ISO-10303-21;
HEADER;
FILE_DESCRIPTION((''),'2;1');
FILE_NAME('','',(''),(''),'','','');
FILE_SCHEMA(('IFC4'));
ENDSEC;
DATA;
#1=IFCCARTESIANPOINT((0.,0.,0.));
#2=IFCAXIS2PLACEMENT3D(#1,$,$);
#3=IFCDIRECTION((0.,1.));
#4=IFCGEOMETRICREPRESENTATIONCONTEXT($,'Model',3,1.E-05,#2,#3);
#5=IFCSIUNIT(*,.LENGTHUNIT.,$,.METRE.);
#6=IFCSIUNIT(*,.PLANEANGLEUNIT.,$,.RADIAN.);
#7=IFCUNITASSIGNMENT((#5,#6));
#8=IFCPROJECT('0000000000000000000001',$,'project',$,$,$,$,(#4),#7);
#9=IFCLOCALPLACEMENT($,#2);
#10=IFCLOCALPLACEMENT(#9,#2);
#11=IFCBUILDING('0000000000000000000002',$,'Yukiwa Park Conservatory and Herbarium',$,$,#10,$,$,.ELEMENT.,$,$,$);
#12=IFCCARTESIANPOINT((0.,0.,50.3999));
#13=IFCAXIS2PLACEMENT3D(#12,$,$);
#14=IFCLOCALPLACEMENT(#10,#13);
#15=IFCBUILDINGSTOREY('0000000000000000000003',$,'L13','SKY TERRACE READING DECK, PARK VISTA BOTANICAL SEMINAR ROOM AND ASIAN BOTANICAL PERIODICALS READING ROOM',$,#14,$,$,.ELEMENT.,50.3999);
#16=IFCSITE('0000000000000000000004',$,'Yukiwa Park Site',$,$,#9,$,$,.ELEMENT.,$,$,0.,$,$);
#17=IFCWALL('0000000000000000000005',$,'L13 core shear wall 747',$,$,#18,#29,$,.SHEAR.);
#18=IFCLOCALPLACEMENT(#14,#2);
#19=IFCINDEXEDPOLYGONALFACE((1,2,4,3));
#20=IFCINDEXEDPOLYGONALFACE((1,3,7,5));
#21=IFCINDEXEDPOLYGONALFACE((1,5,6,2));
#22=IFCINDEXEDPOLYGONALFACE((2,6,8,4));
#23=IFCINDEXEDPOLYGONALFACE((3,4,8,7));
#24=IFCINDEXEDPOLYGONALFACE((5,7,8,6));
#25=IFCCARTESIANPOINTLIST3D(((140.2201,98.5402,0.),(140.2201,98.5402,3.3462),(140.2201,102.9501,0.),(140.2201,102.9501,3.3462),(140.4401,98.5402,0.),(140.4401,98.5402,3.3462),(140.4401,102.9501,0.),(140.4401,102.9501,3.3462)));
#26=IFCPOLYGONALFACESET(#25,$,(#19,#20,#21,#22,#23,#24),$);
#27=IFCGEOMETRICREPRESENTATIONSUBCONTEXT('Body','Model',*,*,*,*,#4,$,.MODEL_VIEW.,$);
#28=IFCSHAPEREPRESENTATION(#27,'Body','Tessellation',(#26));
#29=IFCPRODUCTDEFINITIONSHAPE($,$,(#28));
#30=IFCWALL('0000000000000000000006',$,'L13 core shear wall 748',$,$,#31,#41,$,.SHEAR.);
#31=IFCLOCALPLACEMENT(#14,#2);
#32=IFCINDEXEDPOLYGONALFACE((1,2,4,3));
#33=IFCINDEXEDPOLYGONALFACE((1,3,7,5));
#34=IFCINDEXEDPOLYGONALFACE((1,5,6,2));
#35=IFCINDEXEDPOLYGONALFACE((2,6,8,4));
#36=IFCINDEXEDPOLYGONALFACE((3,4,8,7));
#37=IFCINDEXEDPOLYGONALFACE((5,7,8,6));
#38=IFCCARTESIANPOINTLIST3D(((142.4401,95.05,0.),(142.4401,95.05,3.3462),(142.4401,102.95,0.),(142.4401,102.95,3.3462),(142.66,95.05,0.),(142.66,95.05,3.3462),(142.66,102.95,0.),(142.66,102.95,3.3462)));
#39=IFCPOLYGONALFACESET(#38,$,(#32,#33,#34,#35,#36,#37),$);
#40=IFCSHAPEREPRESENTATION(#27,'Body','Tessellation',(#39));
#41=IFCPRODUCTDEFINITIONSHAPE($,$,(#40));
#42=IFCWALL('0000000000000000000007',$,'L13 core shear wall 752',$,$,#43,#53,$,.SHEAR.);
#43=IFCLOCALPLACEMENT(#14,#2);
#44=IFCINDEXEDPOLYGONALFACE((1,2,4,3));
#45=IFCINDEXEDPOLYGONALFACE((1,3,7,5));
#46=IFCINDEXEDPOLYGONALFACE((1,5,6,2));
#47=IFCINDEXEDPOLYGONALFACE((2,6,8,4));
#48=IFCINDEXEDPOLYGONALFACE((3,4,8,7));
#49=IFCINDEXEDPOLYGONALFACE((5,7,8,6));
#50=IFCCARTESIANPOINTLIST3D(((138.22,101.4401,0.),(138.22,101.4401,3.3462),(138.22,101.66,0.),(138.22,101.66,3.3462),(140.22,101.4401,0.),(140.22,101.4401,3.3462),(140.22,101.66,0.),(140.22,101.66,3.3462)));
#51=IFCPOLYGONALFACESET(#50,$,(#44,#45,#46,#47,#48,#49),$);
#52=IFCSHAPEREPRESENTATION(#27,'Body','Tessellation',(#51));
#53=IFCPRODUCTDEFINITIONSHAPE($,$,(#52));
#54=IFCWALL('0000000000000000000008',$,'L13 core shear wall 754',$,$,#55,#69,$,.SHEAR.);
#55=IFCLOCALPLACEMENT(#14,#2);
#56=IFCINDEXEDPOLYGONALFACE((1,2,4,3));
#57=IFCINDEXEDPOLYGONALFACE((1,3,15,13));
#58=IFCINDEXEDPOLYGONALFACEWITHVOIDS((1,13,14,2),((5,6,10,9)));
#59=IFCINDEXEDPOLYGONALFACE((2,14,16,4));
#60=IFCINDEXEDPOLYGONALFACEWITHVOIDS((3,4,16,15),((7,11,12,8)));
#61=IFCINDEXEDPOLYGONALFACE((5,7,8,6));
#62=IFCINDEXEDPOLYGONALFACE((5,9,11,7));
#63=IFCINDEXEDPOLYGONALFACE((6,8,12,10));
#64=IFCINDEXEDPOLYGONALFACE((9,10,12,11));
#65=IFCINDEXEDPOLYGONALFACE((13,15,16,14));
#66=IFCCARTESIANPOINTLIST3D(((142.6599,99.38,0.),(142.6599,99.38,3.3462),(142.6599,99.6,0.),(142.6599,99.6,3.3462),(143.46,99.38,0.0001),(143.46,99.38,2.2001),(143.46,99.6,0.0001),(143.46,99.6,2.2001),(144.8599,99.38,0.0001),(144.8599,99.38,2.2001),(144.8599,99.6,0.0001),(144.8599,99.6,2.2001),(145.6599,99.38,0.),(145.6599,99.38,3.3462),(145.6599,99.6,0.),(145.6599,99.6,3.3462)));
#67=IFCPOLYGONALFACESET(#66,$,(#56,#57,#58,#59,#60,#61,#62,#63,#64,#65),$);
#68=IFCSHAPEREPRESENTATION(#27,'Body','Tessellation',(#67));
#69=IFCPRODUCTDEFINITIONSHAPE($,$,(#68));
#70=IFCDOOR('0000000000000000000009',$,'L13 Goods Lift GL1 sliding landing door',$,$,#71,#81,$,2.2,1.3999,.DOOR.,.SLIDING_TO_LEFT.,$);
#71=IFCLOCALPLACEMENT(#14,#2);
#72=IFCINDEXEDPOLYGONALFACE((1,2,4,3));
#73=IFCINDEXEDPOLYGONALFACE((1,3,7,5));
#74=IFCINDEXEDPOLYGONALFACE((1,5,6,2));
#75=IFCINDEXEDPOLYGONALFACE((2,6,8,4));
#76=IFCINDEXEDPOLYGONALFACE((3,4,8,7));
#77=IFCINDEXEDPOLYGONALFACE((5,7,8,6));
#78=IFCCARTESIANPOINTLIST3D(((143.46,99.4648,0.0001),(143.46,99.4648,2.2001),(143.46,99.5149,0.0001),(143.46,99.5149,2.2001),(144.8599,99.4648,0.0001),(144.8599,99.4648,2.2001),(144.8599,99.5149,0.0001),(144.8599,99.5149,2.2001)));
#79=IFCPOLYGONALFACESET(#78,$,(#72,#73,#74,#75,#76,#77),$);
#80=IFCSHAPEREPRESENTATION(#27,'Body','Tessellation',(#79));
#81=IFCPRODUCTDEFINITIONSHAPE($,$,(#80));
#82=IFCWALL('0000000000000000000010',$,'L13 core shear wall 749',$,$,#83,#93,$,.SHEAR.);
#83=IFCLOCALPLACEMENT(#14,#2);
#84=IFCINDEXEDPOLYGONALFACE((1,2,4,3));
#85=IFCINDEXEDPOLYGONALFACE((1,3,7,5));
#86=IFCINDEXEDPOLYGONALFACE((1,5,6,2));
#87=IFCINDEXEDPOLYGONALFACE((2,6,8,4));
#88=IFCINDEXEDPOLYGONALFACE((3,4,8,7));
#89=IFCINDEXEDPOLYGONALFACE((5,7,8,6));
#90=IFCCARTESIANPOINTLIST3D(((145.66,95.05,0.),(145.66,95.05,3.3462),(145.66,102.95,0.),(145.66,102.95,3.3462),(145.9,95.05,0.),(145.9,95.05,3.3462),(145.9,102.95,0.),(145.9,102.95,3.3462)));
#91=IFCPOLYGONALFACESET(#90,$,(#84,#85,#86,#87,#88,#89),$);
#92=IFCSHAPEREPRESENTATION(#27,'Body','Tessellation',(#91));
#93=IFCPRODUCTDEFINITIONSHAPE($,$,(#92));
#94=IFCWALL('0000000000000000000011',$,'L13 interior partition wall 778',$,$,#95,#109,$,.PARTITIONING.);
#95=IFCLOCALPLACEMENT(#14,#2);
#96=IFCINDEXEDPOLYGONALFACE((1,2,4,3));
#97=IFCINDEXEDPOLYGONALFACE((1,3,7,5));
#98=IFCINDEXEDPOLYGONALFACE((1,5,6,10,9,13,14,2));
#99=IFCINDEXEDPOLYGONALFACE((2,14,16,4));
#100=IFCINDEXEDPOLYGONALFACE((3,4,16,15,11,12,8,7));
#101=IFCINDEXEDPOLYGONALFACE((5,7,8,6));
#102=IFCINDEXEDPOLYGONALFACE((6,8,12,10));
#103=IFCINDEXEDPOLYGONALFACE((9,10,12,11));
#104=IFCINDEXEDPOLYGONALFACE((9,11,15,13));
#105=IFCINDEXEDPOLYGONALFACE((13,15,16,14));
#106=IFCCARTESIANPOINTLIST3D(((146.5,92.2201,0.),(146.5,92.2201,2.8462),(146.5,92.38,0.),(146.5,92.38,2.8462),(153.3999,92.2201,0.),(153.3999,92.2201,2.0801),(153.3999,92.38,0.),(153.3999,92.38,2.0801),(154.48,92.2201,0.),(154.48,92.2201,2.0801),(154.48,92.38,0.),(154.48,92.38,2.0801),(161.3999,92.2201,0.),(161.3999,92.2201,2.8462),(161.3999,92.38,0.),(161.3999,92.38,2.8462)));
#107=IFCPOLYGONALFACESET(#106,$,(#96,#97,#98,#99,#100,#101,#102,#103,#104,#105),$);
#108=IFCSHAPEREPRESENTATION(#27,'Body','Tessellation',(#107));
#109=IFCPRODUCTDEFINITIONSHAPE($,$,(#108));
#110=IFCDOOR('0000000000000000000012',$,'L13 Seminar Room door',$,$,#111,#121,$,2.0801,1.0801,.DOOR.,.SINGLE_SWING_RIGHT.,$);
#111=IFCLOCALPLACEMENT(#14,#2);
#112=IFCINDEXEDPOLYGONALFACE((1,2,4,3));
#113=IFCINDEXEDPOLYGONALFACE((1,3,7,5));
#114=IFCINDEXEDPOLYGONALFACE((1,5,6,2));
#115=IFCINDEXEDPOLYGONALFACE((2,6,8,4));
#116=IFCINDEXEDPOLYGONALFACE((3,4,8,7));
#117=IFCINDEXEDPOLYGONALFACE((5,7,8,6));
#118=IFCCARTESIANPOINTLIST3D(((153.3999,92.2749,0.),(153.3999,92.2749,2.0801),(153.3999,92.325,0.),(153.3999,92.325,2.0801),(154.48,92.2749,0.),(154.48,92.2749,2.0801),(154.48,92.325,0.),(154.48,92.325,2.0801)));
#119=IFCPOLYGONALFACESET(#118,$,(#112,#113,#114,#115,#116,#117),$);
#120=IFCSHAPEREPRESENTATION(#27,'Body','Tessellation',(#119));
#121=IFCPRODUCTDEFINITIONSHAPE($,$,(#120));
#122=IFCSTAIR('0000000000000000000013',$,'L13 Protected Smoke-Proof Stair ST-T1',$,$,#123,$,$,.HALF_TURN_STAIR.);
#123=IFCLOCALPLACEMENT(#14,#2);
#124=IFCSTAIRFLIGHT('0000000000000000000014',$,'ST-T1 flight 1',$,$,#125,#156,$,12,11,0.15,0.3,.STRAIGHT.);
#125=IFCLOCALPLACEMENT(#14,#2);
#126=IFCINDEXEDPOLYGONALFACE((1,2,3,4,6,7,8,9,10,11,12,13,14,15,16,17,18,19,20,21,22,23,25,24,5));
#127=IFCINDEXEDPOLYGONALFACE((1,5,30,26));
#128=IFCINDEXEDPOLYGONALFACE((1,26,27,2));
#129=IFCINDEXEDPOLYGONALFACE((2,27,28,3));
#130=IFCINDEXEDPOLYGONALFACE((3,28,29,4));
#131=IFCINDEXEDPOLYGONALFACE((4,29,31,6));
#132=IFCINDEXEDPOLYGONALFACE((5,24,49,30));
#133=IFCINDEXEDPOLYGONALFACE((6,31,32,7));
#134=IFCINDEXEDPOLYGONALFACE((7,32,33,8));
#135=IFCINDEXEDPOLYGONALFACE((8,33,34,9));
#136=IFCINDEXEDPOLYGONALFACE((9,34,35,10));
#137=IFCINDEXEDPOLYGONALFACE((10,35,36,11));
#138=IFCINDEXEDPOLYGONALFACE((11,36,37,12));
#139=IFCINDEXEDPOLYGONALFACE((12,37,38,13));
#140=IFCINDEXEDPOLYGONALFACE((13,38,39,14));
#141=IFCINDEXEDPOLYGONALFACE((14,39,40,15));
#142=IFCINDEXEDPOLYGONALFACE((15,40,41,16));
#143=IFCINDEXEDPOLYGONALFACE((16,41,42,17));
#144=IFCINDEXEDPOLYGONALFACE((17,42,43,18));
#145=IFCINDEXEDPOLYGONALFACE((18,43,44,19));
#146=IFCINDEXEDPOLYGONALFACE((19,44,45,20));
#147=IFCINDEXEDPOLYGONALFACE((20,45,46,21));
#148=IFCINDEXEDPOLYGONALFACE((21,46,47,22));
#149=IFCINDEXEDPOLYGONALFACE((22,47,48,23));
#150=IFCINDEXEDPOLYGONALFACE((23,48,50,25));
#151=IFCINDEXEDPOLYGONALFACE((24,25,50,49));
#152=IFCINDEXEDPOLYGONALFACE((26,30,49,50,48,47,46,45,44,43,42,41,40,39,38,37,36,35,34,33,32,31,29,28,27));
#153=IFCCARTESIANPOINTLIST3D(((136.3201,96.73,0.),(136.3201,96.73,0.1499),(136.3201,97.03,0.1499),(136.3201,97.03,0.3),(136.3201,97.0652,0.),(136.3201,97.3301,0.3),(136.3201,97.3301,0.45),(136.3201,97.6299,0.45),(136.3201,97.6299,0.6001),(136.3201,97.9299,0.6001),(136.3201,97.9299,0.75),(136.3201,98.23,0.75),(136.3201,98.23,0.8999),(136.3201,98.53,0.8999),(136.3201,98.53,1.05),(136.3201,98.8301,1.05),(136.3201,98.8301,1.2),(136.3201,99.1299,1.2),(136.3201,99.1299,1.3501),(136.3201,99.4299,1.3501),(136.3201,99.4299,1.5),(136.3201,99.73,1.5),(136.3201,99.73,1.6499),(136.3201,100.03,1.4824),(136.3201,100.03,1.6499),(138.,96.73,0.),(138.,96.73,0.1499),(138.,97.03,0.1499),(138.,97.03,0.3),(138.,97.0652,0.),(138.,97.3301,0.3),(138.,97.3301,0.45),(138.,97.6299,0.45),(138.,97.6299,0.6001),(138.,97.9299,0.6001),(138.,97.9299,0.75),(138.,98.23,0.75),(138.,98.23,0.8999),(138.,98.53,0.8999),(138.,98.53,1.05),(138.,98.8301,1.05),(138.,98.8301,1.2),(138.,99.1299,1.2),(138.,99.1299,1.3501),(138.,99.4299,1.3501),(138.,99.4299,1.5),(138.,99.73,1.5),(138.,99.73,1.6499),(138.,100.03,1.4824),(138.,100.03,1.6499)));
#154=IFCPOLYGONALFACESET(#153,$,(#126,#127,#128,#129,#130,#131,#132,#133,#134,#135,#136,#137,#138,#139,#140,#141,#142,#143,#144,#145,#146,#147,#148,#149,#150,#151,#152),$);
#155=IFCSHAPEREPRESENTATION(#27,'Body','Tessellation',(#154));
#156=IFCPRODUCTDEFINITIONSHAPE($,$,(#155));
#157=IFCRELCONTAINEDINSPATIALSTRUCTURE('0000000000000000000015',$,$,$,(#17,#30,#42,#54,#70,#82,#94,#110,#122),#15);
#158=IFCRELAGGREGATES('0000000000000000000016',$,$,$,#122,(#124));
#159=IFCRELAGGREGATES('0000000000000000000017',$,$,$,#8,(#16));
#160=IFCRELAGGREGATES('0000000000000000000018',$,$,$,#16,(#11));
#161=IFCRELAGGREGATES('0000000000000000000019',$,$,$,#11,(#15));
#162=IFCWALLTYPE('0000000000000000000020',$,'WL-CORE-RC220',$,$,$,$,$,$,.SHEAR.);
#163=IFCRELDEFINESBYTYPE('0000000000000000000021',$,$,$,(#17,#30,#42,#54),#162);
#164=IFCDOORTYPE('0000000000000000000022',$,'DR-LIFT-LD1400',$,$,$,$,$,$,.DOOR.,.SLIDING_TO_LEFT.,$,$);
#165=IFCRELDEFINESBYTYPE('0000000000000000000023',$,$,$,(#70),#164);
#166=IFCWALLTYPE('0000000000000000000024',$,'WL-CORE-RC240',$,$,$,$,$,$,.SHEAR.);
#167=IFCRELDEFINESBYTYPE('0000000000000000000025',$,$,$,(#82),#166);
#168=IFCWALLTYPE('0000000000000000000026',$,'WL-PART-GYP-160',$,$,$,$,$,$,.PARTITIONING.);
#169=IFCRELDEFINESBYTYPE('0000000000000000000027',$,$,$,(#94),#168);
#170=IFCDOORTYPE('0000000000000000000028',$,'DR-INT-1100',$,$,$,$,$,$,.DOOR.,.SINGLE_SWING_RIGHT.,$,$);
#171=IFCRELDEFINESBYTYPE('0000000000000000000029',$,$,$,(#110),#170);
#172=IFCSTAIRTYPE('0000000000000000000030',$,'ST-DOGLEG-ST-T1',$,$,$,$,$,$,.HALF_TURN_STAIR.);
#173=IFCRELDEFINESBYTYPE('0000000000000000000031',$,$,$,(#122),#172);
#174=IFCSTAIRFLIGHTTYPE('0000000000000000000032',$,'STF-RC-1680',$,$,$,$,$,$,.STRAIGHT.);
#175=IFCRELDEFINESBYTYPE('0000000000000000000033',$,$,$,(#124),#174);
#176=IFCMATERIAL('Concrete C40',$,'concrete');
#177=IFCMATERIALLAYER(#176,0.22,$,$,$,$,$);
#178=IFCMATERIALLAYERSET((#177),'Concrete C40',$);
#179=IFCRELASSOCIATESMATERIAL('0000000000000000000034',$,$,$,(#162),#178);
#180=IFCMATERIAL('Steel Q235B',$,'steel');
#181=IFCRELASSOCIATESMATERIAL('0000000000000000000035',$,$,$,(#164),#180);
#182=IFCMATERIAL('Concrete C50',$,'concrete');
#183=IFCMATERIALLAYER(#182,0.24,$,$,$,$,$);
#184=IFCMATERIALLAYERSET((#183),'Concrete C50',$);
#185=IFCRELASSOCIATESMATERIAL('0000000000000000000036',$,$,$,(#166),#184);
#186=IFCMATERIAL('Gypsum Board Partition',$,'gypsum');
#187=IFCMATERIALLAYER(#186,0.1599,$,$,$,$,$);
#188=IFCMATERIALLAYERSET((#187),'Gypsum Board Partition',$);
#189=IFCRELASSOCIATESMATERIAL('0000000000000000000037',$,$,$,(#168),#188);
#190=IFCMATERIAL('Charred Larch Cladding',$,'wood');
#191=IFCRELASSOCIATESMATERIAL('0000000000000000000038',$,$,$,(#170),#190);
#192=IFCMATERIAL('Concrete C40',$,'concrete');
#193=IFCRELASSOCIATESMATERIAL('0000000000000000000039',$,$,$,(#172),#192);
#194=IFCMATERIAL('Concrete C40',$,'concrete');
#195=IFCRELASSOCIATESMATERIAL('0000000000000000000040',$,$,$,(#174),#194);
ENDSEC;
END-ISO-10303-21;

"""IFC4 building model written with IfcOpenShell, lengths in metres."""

from ifc_helpers import new_model, si_unit, direction, frame, frame_2d, origin, place, context, subcontext, project, spatial, polyline, rectangle, outline, extrude, material, layer, layer_set, type_object, element, fill, aggregate, save


model = new_model("IFC4")

# Units and contexts
model_context = context("Model", 3, precision=1e-05, world=origin(), true_north=direction((0.0, 1.0)))
body_context = subcontext(model_context, "Body", "Model", "MODEL_VIEW")
ifc_project = project(units=[si_unit("LENGTHUNIT", "METRE"), si_unit("PLANEANGLEUNIT", "RADIAN")], contexts=[model_context])

# Site, building, storey
site_placement = place(None, origin())
site = spatial("IfcSite", under=ifc_project, at=site_placement, Name="Yukiwa Park Site", CompositionType="ELEMENT", RefElevation=0.0)
building_placement = place(site_placement, origin())
building = spatial("IfcBuilding", under=site, at=building_placement, Name="Yukiwa Park Conservatory and Herbarium", CompositionType="ELEMENT")
storey_placement = place(building_placement, frame((0.0, 0.0, 50.3999)))
storey = spatial("IfcBuildingStorey", under=building, at=storey_placement, Name="L13", Description="SKY TERRACE READING DECK, PARK VISTA BOTANICAL SEMINAR ROOM AND ASIAN BOTANICAL PERIODICALS READING ROOM", CompositionType="ELEMENT", Elevation=50.3999)

# Walls
ifc_material_1 = material(Name="Concrete C40", Category="concrete")
ifc_layer_1 = layer(ifc_material_1, 0.22)
ifc_layer_set_1 = layer_set([ifc_layer_1], Name="Concrete C40")
wall_type_1 = type_object("IfcWallType", Name="WL-CORE-RC220", PredefinedType="SHEAR", material=ifc_layer_set_1)
wall_1_placement = place(storey_placement, frame((140.3301, 98.54, 0.0), z_axis=(0.0, 0.0, 1.0), x_axis=(0.0, 1.0, 0.0)))
element("IfcWall", 1, at=wall_1_placement, inside=storey, type_object=wall_type_1, Name="L13 core shear wall 747", PredefinedType="SHEAR", context=body_context, shape_type="SweptSolid", body=[
    extrude(rectangle(XDim=4.4099, YDim=0.22, at=frame_2d((2.2051, 0.0))), origin(), (0.0, 0.0, 1.0), 3.3462),
])
wall_2_placement = place(storey_placement, frame((142.55, 95.05, 0.0), z_axis=(0.0, 0.0, 1.0), x_axis=(0.0, 1.0, 0.0)))
element("IfcWall", 2, at=wall_2_placement, inside=storey, type_object=wall_type_1, Name="L13 core shear wall 748", PredefinedType="SHEAR", context=body_context, shape_type="SweptSolid", body=[
    extrude(rectangle(XDim=7.8999, YDim=0.22, at=frame_2d((3.95, 0.0))), origin(), (0.0, 0.0, 1.0), 3.3462),
])

# Wall
wall_3_placement = place(storey_placement, frame((138.22, 101.55, 0.0), z_axis=(0.0, 0.0, 1.0), x_axis=(1.0, 0.0, 0.0)))
element("IfcWall", 3, at=wall_3_placement, inside=storey, type_object=wall_type_1, Name="L13 core shear wall 752", PredefinedType="SHEAR", context=body_context, shape_type="SweptSolid", body=[
    extrude(rectangle(XDim=2.0, YDim=0.22, at=frame_2d((1.0, 0.0))), origin(), (0.0, 0.0, 1.0), 3.3462),
])

# Wall, opening, door
wall_4_placement = place(storey_placement, frame((142.6599, 99.49, 0.0), z_axis=(0.0, 0.0, 1.0), x_axis=(1.0, 0.0, 0.0)))
wall_4 = element("IfcWall", 4, at=wall_4_placement, inside=storey, type_object=wall_type_1, Name="L13 core shear wall 754", PredefinedType="SHEAR", context=body_context, shape_type="SweptSolid", body=[
    extrude(rectangle(XDim=3.0, YDim=0.22, at=frame_2d((1.5, 0.0))), origin(), (0.0, 0.0, 1.0), 3.3462),
])
opening_1_placement = place(wall_4_placement, frame((0.8, 0.0, 0.0)))
opening_1 = element("IfcOpeningElement", 5, at=opening_1_placement, cuts=wall_4, PredefinedType="OPENING", context=body_context, shape_type="SweptSolid", body=[
    extrude(rectangle(XDim=1.3999, YDim=2.2, at=frame_2d((0.7, 1.1001))), frame((0.0, 0.1201, 0.0), z_axis=(0.0, -1.0, 0.0), x_axis=(1.0, 0.0, 0.0)), (0.0, 0.0, 1.0), 0.24),
])
ifc_material_2 = material(Name="Steel Q235B", Category="steel")
door_type_1 = type_object("IfcDoorType", Name="DR-LIFT-LD1400", OperationType="SLIDING_TO_LEFT", PredefinedType="DOOR", material=ifc_material_2)
door_1_placement = place(opening_1_placement, origin())
door_1 = element("IfcDoor", 6, at=door_1_placement, inside=storey, type_object=door_type_1, Name="L13 Goods Lift GL1 sliding landing door", OperationType="SLIDING_TO_LEFT", OverallHeight=2.2, OverallWidth=1.3999, PredefinedType="DOOR", context=body_context, shape_type="SweptSolid", body=[
    extrude(rectangle(XDim=1.3999, YDim=2.2, at=frame_2d((0.7, 1.1001))), frame((0.0, 0.0249, 0.0), z_axis=(0.0, -1.0, 0.0), x_axis=(1.0, 0.0, 0.0)), (0.0, 0.0, 1.0), 0.05),
])
fill(opening_1, door_1)

# Wall
ifc_material_3 = material(Name="Concrete C50", Category="concrete")
ifc_layer_2 = layer(ifc_material_3, 0.24)
ifc_layer_set_2 = layer_set([ifc_layer_2], Name="Concrete C50")
wall_type_2 = type_object("IfcWallType", Name="WL-CORE-RC240", PredefinedType="SHEAR", material=ifc_layer_set_2)
wall_5_placement = place(storey_placement, frame((145.78, 95.05, 0.0), z_axis=(0.0, 0.0, 1.0), x_axis=(0.0, 1.0, 0.0)))
element("IfcWall", 7, at=wall_5_placement, inside=storey, type_object=wall_type_2, Name="L13 core shear wall 749", PredefinedType="SHEAR", context=body_context, shape_type="SweptSolid", body=[
    extrude(rectangle(XDim=7.8999, YDim=0.24, at=frame_2d((3.95, 0.0))), origin(), (0.0, 0.0, 1.0), 3.3462),
])

# Wall, opening, door
ifc_material_4 = material(Name="Gypsum Board Partition", Category="gypsum")
ifc_layer_3 = layer(ifc_material_4, 0.1599)
ifc_layer_set_3 = layer_set([ifc_layer_3], Name="Gypsum Board Partition")
wall_type_3 = type_object("IfcWallType", Name="WL-PART-GYP-160", PredefinedType="PARTITIONING", material=ifc_layer_set_3)
wall_6_placement = place(storey_placement, frame((146.5, 92.3, 0.0), z_axis=(0.0, 0.0, 1.0), x_axis=(1.0, 0.0, 0.0)))
wall_6 = element("IfcWall", 8, at=wall_6_placement, inside=storey, type_object=wall_type_3, Name="L13 interior partition wall 778", PredefinedType="PARTITIONING", context=body_context, shape_type="SweptSolid", body=[
    extrude(rectangle(XDim=14.8999, YDim=0.1599, at=frame_2d((7.45, 0.0))), origin(), (0.0, 0.0, 1.0), 2.8462),
])
opening_2_placement = place(wall_6_placement, frame((6.8999, 0.0, 0.0)))
opening_2 = element("IfcOpeningElement", 9, at=opening_2_placement, cuts=wall_6, PredefinedType="OPENING", context=body_context, shape_type="SweptSolid", body=[
    extrude(rectangle(XDim=1.0801, YDim=2.0801, at=frame_2d((0.54, 1.04))), frame((0.0, 0.0898, 0.0), z_axis=(0.0, -1.0, 0.0), x_axis=(1.0, 0.0, 0.0)), (0.0, 0.0, 1.0), 0.1799),
])
ifc_material_5 = material(Name="Charred Larch Cladding", Category="wood")
door_type_2 = type_object("IfcDoorType", Name="DR-INT-1100", OperationType="SINGLE_SWING_RIGHT", PredefinedType="DOOR", material=ifc_material_5)
door_2_placement = place(opening_2_placement, origin())
door_2 = element("IfcDoor", 10, at=door_2_placement, inside=storey, type_object=door_type_2, Name="L13 Seminar Room door", OperationType="SINGLE_SWING_RIGHT", OverallHeight=2.0801, OverallWidth=1.0801, PredefinedType="DOOR", context=body_context, shape_type="SweptSolid", body=[
    extrude(rectangle(XDim=1.0801, YDim=2.0801, at=frame_2d((0.54, 1.04))), frame((0.0, 0.0249, 0.0), z_axis=(0.0, -1.0, 0.0), x_axis=(1.0, 0.0, 0.0)), (0.0, 0.0, 1.0), 0.05),
])
fill(opening_2, door_2)

# Stair, stair flight
ifc_material_6 = material(Name="Concrete C40", Category="concrete")
stair_type = type_object("IfcStairType", Name="ST-DOGLEG-ST-T1", PredefinedType="HALF_TURN_STAIR", material=ifc_material_6)
stair_placement = place(storey_placement, origin())
stair = element("IfcStair", 11, at=stair_placement, inside=storey, type_object=stair_type, Name="L13 Protected Smoke-Proof Stair ST-T1", PredefinedType="HALF_TURN_STAIR")
ifc_material_7 = material(Name="Concrete C40", Category="concrete")
stair_flight_type = type_object("IfcStairFlightType", Name="STF-RC-1680", PredefinedType="STRAIGHT", material=ifc_material_7)
stair_flight_placement = place(storey_placement, frame((137.1599, 96.73, 0.0), z_axis=(0.0, 0.0, 1.0), x_axis=(0.0, 1.0, 0.0)))
stair_flight = element("IfcStairFlight", 12, at=stair_flight_placement, type_object=stair_flight_type, Name="ST-T1 flight 1", NumberOfRisers=12, NumberOfTreads=11, PredefinedType="STRAIGHT", RiserHeight=0.15, TreadLength=0.3, context=body_context, shape_type="SweptSolid", body=[
    extrude(outline(polyline([(0.0, 0.0), (0.0, 0.1499), (0.3, 0.1499), (0.3, 0.3), (0.6001, 0.3), (0.6001, 0.45), (0.8999, 0.45), (0.8999, 0.6001), (1.2, 0.6001), (1.2, 0.75), (1.5, 0.75), (1.5, 0.8999), (1.8, 0.8999), (1.8, 1.05), (2.1001, 1.05), (2.1001, 1.2), (2.3999, 1.2), (2.3999, 1.3501), (2.7, 1.3501), (2.7, 1.5), (3.0, 1.5), (3.0, 1.6499), (3.3, 1.6499), (3.3, 1.8), (3.3, 1.4824), (0.3352, 0.0), (0.0, 0.0)])), frame((0.0, 0.8398, 0.0), z_axis=(0.0, -1.0, 0.0), x_axis=(1.0, 0.0, 0.0)), (0.0, 0.0, 1.0), 1.6799),
])
aggregate(stair, [stair_flight])

save(model, "model.ifc")
